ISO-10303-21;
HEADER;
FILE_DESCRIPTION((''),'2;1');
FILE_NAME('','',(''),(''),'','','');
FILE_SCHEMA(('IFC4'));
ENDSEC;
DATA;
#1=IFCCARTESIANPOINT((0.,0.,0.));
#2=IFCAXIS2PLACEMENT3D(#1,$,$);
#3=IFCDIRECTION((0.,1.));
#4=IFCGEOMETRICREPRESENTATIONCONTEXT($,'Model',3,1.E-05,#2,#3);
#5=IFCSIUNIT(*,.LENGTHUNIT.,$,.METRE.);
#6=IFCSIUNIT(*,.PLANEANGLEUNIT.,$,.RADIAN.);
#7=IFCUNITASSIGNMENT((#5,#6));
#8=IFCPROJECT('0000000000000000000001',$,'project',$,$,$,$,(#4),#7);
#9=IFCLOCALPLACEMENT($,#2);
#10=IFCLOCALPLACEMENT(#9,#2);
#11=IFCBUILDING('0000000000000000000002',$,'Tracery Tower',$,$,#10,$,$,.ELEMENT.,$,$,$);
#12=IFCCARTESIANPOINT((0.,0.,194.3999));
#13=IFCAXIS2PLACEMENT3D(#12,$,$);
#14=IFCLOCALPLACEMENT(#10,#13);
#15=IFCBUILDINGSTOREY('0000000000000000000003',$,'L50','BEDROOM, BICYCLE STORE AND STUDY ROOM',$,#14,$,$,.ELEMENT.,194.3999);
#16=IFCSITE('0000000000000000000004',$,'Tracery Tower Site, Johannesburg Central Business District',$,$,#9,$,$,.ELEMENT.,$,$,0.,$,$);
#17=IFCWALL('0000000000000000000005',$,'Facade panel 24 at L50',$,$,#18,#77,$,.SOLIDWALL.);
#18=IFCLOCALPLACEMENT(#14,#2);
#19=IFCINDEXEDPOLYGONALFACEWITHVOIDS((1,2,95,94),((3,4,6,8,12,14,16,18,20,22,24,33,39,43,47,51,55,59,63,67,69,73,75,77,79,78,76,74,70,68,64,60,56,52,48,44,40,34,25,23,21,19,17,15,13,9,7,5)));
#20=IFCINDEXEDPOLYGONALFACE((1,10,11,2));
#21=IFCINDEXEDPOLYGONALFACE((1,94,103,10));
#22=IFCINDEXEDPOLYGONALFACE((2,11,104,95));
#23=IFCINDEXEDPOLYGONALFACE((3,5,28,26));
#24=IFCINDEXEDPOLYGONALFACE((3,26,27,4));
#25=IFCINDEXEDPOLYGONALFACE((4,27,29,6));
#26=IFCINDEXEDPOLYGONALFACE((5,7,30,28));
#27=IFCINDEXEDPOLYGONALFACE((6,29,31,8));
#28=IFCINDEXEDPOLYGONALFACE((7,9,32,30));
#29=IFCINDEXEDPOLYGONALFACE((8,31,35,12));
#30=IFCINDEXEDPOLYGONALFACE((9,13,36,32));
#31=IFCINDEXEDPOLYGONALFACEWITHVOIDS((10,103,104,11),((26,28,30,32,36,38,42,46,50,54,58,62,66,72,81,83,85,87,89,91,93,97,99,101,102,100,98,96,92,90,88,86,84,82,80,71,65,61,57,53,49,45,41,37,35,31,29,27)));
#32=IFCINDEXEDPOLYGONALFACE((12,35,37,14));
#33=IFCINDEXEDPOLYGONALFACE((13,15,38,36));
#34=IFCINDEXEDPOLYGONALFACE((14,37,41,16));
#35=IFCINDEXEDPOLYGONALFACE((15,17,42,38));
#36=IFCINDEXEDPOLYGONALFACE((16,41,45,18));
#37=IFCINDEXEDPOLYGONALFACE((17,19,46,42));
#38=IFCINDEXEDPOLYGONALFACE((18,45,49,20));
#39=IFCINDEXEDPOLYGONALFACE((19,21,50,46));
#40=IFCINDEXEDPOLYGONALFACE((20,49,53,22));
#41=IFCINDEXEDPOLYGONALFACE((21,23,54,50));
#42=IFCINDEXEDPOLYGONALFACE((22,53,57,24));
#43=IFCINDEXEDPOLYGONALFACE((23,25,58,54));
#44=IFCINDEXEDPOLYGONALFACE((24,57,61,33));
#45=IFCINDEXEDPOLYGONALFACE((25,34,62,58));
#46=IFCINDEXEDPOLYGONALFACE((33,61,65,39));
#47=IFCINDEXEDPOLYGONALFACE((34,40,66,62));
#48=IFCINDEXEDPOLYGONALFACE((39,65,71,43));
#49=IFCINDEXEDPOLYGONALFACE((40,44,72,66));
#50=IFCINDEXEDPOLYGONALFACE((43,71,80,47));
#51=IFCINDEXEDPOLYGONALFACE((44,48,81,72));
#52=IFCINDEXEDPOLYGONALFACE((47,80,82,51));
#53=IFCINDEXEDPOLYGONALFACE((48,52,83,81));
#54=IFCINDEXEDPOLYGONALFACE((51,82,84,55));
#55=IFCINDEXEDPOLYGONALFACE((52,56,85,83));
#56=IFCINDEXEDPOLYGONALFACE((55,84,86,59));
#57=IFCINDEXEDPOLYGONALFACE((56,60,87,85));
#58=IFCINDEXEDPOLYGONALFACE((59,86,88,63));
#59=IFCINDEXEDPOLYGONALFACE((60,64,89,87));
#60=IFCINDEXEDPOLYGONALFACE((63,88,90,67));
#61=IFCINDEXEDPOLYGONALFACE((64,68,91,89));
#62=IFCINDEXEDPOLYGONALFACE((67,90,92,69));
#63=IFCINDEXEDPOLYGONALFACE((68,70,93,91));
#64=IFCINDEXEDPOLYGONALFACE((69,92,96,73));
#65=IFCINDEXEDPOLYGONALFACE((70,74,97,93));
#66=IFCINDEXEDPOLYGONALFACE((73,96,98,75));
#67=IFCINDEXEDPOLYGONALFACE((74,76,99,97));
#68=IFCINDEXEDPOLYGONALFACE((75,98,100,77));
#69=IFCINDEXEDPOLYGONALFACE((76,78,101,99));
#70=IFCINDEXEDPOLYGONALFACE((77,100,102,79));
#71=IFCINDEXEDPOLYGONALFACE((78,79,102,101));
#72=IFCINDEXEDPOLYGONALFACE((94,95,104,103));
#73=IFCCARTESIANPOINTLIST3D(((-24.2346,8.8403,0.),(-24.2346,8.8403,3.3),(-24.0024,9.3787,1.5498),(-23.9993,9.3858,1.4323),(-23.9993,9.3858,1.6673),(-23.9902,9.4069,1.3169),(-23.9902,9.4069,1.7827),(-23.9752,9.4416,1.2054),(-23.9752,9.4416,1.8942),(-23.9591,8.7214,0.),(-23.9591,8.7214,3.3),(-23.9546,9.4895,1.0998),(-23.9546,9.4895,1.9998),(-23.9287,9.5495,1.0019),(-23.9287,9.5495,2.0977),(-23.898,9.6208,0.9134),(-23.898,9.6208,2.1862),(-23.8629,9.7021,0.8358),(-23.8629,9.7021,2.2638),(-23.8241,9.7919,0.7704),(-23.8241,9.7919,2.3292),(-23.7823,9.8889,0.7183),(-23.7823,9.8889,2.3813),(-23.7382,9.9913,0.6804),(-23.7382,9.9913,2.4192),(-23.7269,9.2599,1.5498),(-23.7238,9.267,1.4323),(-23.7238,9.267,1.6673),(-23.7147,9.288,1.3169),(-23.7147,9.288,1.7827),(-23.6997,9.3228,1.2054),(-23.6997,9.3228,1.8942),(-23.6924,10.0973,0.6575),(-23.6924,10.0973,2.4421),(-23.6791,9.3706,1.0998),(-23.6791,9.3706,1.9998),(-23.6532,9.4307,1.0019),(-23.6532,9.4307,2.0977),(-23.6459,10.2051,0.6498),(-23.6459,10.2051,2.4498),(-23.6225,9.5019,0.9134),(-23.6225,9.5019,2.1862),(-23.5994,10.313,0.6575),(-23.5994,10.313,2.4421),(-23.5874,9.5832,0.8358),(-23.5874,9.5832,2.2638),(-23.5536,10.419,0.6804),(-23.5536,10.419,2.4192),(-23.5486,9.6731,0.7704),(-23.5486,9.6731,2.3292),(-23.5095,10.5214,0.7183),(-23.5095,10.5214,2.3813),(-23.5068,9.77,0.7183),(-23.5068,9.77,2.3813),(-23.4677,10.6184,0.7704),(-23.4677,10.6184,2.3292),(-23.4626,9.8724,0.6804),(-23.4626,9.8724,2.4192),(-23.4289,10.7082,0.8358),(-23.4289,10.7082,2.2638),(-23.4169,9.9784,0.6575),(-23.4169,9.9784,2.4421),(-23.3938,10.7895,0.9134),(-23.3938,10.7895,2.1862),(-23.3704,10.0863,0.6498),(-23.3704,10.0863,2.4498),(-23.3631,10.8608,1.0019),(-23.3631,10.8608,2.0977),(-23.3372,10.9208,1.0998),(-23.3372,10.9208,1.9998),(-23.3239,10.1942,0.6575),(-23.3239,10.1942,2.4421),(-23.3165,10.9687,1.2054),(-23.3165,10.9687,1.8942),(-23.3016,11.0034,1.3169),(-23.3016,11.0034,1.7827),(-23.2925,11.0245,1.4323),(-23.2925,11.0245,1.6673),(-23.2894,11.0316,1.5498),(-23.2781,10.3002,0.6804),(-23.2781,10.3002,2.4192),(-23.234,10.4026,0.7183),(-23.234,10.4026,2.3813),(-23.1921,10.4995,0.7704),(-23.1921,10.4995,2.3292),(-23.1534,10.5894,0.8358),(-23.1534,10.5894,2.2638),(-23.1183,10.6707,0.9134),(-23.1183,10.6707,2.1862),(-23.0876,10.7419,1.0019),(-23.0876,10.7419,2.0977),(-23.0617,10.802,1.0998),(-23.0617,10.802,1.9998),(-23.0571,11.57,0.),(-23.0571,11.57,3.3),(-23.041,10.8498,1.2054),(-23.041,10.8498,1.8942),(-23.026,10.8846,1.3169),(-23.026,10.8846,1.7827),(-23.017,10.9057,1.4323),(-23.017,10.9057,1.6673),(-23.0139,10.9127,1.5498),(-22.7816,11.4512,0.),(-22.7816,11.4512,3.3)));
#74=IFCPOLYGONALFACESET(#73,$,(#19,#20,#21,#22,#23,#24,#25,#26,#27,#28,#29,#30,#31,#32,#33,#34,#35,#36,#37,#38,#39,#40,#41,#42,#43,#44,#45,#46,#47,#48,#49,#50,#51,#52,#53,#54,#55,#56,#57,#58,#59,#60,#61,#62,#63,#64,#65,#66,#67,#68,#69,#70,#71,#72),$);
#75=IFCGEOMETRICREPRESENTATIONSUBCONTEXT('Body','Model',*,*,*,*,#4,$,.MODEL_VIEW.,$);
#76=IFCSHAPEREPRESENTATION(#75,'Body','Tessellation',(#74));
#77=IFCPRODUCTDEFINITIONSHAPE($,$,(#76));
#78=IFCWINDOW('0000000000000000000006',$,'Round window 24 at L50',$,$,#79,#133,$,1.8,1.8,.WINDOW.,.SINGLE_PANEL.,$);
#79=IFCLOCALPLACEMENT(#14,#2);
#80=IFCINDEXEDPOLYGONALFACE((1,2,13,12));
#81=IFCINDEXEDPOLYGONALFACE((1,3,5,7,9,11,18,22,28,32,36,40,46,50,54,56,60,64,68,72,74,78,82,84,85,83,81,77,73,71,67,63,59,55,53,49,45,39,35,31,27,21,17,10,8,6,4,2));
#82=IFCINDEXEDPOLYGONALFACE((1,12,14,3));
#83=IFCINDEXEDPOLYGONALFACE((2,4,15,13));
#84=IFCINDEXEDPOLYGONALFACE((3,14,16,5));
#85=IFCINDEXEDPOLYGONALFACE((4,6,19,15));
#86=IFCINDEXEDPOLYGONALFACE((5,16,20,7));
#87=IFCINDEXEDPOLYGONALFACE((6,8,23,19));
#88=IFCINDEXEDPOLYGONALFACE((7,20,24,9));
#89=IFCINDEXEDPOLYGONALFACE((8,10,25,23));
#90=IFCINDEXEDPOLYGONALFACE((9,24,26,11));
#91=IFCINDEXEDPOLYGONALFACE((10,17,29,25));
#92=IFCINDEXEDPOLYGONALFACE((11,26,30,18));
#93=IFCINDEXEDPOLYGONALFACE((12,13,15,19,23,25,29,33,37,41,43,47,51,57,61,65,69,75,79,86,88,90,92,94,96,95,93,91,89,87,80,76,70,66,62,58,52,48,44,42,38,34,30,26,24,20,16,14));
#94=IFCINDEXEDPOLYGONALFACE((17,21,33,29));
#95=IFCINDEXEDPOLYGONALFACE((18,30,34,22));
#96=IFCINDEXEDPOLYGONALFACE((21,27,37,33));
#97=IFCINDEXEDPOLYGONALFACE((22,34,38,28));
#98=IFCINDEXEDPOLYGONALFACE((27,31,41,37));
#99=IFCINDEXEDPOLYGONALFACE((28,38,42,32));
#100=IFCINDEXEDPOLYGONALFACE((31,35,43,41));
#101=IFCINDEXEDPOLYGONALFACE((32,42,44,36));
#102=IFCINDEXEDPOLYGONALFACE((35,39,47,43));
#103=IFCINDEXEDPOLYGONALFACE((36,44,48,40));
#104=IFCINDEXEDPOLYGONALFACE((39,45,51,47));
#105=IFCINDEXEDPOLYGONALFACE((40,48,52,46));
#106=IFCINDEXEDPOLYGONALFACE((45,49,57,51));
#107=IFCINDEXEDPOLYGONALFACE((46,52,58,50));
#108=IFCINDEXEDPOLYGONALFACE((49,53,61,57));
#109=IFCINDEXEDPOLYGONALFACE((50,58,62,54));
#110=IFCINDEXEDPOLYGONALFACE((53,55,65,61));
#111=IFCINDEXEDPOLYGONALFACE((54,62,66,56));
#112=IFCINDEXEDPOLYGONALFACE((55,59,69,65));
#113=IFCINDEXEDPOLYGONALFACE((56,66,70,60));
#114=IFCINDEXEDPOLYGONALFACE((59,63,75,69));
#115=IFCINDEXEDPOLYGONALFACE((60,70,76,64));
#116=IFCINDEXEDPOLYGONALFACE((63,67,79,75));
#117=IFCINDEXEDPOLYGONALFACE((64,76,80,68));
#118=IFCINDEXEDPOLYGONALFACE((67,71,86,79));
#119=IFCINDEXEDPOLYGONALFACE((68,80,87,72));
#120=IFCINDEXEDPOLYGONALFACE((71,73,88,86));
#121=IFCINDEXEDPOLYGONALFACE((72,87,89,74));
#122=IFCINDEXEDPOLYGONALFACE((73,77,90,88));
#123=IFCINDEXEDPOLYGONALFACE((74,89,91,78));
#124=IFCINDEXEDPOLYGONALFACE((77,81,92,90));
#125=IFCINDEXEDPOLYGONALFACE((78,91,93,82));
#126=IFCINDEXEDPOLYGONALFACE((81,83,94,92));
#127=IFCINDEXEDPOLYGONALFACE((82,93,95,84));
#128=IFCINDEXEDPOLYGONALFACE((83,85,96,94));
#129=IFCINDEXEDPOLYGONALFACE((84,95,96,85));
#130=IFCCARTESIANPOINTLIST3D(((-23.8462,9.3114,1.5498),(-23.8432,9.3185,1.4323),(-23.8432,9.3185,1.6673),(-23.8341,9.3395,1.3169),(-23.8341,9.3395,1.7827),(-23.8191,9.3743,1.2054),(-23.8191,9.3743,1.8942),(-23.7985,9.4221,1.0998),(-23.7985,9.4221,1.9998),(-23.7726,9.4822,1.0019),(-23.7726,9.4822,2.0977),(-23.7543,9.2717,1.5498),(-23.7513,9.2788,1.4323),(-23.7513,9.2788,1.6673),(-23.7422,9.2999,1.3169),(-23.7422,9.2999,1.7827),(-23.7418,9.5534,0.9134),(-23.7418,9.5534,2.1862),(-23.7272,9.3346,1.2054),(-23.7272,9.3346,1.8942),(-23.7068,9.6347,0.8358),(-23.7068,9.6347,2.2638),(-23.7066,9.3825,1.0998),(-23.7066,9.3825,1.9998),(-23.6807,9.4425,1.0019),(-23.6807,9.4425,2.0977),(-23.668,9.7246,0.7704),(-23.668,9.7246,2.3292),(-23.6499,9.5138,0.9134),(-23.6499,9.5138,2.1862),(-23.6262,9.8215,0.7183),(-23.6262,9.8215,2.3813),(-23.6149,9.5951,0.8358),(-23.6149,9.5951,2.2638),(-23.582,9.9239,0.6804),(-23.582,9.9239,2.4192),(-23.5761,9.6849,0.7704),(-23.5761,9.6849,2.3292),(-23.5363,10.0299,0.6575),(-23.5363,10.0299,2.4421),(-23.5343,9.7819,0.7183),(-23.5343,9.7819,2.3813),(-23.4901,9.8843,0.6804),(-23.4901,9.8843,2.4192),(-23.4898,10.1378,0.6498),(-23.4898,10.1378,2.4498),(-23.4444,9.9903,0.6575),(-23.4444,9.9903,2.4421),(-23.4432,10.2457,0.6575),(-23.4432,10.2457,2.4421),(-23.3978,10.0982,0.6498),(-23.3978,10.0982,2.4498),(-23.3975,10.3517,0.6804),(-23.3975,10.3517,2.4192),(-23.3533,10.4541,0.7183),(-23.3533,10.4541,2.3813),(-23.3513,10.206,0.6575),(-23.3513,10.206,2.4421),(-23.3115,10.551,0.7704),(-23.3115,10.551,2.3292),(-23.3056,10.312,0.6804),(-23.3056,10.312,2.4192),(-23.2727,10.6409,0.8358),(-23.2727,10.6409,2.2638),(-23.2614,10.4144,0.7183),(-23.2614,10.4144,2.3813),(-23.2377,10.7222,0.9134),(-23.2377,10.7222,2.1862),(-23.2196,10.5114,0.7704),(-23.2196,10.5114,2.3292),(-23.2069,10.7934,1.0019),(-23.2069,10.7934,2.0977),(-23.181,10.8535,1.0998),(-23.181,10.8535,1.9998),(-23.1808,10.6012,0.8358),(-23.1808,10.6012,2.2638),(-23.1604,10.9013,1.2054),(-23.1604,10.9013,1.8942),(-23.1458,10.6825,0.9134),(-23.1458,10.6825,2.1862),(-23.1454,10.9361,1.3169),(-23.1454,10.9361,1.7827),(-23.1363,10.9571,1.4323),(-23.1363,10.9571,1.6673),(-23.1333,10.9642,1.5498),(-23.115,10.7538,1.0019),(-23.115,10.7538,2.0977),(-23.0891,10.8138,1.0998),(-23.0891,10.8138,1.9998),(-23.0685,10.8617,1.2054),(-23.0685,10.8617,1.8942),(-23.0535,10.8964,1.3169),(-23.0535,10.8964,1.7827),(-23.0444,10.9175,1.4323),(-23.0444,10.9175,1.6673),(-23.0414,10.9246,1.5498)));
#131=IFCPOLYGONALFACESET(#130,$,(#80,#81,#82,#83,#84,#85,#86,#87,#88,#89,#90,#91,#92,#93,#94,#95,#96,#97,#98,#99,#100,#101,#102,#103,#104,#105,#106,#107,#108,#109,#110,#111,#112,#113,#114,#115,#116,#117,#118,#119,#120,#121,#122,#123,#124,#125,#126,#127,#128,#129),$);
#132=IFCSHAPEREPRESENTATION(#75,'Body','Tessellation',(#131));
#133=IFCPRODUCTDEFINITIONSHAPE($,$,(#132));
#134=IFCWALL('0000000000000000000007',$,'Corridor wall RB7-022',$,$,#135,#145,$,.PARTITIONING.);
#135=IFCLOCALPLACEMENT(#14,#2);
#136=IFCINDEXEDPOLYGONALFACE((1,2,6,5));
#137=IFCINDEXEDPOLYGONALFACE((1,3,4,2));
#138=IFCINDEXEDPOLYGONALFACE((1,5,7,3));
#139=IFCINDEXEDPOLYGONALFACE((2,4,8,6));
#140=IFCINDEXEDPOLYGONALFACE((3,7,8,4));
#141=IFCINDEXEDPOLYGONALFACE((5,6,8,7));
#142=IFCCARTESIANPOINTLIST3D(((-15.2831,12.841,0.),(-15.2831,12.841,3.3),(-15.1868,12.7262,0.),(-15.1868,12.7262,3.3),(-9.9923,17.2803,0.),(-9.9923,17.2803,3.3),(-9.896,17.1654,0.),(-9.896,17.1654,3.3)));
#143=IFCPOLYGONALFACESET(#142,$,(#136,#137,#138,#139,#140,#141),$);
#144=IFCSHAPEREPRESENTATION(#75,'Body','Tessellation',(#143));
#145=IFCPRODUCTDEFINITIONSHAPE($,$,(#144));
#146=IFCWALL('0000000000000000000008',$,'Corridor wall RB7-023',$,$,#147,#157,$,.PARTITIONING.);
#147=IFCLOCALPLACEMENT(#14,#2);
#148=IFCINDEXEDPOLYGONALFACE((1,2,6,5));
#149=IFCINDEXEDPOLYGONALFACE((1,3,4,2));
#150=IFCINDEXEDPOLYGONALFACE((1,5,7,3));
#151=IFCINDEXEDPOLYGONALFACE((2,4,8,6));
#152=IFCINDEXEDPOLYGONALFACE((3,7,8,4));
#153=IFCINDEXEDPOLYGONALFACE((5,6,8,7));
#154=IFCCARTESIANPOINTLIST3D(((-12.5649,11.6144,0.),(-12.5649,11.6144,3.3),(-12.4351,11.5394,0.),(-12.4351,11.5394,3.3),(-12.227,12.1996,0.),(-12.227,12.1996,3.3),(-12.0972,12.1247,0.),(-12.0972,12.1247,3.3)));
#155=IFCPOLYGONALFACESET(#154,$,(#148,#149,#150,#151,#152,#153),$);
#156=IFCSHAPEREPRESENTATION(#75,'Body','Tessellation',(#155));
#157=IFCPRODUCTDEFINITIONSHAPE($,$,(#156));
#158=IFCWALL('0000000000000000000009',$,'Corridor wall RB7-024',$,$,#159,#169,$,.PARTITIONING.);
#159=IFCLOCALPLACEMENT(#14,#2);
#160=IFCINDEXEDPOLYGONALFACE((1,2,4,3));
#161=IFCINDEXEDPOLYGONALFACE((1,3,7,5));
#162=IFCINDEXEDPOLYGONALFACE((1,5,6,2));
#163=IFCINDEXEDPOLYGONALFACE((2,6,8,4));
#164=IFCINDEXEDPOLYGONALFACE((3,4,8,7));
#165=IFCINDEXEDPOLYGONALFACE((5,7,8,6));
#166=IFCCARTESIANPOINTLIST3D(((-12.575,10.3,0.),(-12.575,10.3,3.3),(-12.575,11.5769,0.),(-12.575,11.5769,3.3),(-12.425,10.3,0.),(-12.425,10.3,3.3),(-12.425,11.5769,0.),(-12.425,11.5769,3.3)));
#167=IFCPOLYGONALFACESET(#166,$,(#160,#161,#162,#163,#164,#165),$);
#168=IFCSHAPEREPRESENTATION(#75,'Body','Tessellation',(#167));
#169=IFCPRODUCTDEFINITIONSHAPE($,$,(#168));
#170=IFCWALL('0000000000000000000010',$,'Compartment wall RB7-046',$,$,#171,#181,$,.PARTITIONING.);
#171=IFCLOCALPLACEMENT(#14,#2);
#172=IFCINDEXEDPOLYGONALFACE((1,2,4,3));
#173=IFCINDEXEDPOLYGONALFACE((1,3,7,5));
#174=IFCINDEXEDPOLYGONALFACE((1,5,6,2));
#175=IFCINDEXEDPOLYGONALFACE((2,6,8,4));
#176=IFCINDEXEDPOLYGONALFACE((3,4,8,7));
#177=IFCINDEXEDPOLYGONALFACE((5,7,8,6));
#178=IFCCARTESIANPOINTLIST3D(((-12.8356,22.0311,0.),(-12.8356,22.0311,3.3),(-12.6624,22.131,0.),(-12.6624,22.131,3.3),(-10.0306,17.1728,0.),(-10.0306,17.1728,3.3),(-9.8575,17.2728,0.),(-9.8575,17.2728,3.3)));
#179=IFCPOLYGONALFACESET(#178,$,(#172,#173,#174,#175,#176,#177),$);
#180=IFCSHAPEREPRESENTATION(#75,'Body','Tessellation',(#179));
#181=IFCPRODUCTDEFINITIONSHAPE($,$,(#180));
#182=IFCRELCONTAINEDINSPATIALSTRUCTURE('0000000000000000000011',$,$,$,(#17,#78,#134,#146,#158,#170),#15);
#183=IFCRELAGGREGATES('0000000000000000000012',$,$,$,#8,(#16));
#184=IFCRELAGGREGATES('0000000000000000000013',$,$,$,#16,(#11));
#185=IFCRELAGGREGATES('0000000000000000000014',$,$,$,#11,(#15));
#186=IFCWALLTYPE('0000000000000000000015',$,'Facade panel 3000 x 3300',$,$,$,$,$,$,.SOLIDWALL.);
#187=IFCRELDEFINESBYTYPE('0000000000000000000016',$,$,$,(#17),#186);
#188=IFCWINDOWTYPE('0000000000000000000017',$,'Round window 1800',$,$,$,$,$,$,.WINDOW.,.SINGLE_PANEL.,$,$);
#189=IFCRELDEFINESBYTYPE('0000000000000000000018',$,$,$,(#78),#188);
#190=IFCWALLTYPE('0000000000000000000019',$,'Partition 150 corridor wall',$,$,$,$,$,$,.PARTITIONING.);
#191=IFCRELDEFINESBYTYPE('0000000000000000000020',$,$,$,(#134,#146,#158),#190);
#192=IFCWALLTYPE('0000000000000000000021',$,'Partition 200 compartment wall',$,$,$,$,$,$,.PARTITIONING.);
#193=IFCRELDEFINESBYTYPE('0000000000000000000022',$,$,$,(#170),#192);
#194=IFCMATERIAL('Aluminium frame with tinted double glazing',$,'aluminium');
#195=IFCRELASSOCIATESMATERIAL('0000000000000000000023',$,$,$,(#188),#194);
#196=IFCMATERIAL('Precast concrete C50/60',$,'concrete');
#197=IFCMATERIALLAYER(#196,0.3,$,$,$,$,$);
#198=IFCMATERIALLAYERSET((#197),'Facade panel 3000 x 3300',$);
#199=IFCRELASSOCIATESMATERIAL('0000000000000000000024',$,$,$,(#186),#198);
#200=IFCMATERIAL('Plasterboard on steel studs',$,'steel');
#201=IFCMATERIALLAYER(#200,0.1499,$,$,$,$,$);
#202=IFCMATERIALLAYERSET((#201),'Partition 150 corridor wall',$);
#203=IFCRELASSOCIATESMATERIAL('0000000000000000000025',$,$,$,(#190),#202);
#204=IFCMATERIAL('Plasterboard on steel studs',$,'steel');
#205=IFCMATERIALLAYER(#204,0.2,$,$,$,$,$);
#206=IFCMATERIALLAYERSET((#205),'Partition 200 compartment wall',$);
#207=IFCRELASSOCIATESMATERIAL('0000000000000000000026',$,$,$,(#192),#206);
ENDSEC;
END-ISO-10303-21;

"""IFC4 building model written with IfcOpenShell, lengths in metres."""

from ifc_helpers import new_model, si_unit, direction, frame, frame_2d, origin, origin_2d, place, context, subcontext, project, spatial, rectangle, circle, extrude, material, layer, layer_set, type_object, element, fill, save


model = new_model("IFC4")

# Units and contexts
model_context = context("Model", 3, precision=1e-05, world=origin(), true_north=direction((0.0, 1.0)))
body_context = subcontext(model_context, "Body", "Model", "MODEL_VIEW")
ifc_project = project(units=[si_unit("LENGTHUNIT", "METRE"), si_unit("PLANEANGLEUNIT", "RADIAN")], contexts=[model_context])

# Site, building, storey
site_placement = place(None, origin())
site = spatial("IfcSite", under=ifc_project, at=site_placement, Name="Tracery Tower Site, Johannesburg Central Business District", CompositionType="ELEMENT", RefElevation=0.0)
building_placement = place(site_placement, origin())
building = spatial("IfcBuilding", under=site, at=building_placement, Name="Tracery Tower", CompositionType="ELEMENT")
storey_placement = place(building_placement, frame((0.0, 0.0, 194.3999)))
storey = spatial("IfcBuildingStorey", under=building, at=storey_placement, Name="L50", Description="BEDROOM, BICYCLE STORE AND STUDY ROOM", CompositionType="ELEMENT", Elevation=194.3999)

# Wall, opening, window
ifc_material_1 = material(Name="Aluminium frame with tinted double glazing", Category="aluminium")
window_type = type_object("IfcWindowType", Name="Round window 1800", PartitioningType="SINGLE_PANEL", PredefinedType="WINDOW", material=ifc_material_1)
ifc_material_2 = material(Name="Precast concrete C50/60", Category="concrete")
ifc_layer_1 = layer(ifc_material_2, 0.3)
ifc_layer_set_1 = layer_set([ifc_layer_1], Name="Facade panel 3000 x 3300")
wall_type_1 = type_object("IfcWallType", Name="Facade panel 3000 x 3300", PredefinedType="SOLIDWALL", material=ifc_layer_set_1)
wall_1_placement = place(storey_placement, frame((-22.9194, 11.5105, 0.0), z_axis=(0.0, 0.0, 1.0), x_axis=(-0.396079, -0.918216, 0.0)))
wall_1 = element("IfcWall", 1, at=wall_1_placement, inside=storey, type_object=wall_type_1, Name="Facade panel 24 at L50", PredefinedType="SOLIDWALL", context=body_context, shape_type="SweptSolid", body=[
    extrude(rectangle(XDim=2.9729, YDim=0.3, at=frame_2d((1.4863, 0.0))), origin(), (0.0, 0.0, 1.0), 3.3),
])
opening_1_placement = place(wall_1_placement, frame((1.4863, 0.0, 1.5498)))
opening_1 = element("IfcOpeningElement", 2, at=opening_1_placement, cuts=wall_1, PredefinedType="OPENING", context=body_context, shape_type="SweptSolid", body=[
    extrude(circle(Radius=0.9, at=origin_2d()), frame((0.0, 0.1599, 0.0), z_axis=(0.0, -1.0, 0.0), x_axis=(1.0, 0.0, 0.0)), (0.0, 0.0, 1.0), 0.3201),
])
window_1_placement = place(opening_1_placement, origin())
window_1 = element("IfcWindow", 3, at=window_1_placement, inside=storey, type_object=window_type, Name="Round window 24 at L50", OverallHeight=1.8, OverallWidth=1.8, PartitioningType="SINGLE_PANEL", PredefinedType="WINDOW", context=body_context, shape_type="SweptSolid", body=[
    extrude(circle(Radius=0.9, at=origin_2d()), frame((0.0, 0.1201, 0.0), z_axis=(0.0, -1.0, 0.0), x_axis=(1.0, 0.0, 0.0)), (0.0, 0.0, 1.0), 0.1001),
])
fill(opening_1, window_1)

# Walls
ifc_material_3 = material(Name="Plasterboard on steel studs", Category="steel")
ifc_layer_2 = layer(ifc_material_3, 0.1499)
ifc_layer_set_2 = layer_set([ifc_layer_2], Name="Partition 150 corridor wall")
wall_type_2 = type_object("IfcWallType", Name="Partition 150 corridor wall", PredefinedType="PARTITIONING", material=ifc_layer_set_2)
wall_2_placement = place(storey_placement, frame((-15.2349, 12.7837, 0.0), z_axis=(0.0, 0.0, 1.0), x_axis=(0.766064, 0.642764, 0.0)))
element("IfcWall", 4, at=wall_2_placement, inside=storey, type_object=wall_type_2, Name="Corridor wall RB7-022", PredefinedType="PARTITIONING", context=body_context, shape_type="SweptSolid", body=[
    extrude(rectangle(XDim=6.9065, YDim=0.1499, at=frame_2d((3.4531, 0.0))), origin(), (0.0, 0.0, 1.0), 3.3),
])
wall_3_placement = place(storey_placement, frame((-12.5, 11.5769, 0.0), z_axis=(0.0, 0.0, 1.0), x_axis=(0.500025, 0.866011, 0.0)))
element("IfcWall", 5, at=wall_3_placement, inside=storey, type_object=wall_type_2, Name="Corridor wall RB7-023", PredefinedType="PARTITIONING", context=body_context, shape_type="SweptSolid", body=[
    extrude(rectangle(XDim=0.6758, YDim=0.1499, at=frame_2d((0.3379, 0.0))), origin(), (0.0, 0.0, 1.0), 3.3),
])
wall_4_placement = place(storey_placement, frame((-12.5, 10.3, 0.0), z_axis=(0.0, 0.0, 1.0), x_axis=(0.0, 1.0, 0.0)))
element("IfcWall", 6, at=wall_4_placement, inside=storey, type_object=wall_type_2, Name="Corridor wall RB7-024", PredefinedType="PARTITIONING", context=body_context, shape_type="SweptSolid", body=[
    extrude(rectangle(XDim=1.2769, YDim=0.1499, at=frame_2d((0.6384, 0.0))), origin(), (0.0, 0.0, 1.0), 3.3),
])
ifc_material_4 = material(Name="Plasterboard on steel studs", Category="steel")
ifc_layer_3 = layer(ifc_material_4, 0.2)
ifc_layer_set_3 = layer_set([ifc_layer_3], Name="Partition 200 compartment wall")
wall_type_3 = type_object("IfcWallType", Name="Partition 200 compartment wall", PredefinedType="PARTITIONING", material=ifc_layer_set_3)
wall_5_placement = place(storey_placement, frame((-12.749, 22.0811, 0.0), z_axis=(0.0, 0.0, 1.0), x_axis=(0.50001, -0.86602, 0.0)))
element("IfcWall", 7, at=wall_5_placement, inside=storey, type_object=wall_type_3, Name="Compartment wall RB7-046", PredefinedType="PARTITIONING", context=body_context, shape_type="SweptSolid", body=[
    extrude(rectangle(XDim=5.6099, YDim=0.2, at=frame_2d((2.8049, 0.0))), origin(), (0.0, 0.0, 1.0), 3.3),
])

save(model, "model.ifc")
